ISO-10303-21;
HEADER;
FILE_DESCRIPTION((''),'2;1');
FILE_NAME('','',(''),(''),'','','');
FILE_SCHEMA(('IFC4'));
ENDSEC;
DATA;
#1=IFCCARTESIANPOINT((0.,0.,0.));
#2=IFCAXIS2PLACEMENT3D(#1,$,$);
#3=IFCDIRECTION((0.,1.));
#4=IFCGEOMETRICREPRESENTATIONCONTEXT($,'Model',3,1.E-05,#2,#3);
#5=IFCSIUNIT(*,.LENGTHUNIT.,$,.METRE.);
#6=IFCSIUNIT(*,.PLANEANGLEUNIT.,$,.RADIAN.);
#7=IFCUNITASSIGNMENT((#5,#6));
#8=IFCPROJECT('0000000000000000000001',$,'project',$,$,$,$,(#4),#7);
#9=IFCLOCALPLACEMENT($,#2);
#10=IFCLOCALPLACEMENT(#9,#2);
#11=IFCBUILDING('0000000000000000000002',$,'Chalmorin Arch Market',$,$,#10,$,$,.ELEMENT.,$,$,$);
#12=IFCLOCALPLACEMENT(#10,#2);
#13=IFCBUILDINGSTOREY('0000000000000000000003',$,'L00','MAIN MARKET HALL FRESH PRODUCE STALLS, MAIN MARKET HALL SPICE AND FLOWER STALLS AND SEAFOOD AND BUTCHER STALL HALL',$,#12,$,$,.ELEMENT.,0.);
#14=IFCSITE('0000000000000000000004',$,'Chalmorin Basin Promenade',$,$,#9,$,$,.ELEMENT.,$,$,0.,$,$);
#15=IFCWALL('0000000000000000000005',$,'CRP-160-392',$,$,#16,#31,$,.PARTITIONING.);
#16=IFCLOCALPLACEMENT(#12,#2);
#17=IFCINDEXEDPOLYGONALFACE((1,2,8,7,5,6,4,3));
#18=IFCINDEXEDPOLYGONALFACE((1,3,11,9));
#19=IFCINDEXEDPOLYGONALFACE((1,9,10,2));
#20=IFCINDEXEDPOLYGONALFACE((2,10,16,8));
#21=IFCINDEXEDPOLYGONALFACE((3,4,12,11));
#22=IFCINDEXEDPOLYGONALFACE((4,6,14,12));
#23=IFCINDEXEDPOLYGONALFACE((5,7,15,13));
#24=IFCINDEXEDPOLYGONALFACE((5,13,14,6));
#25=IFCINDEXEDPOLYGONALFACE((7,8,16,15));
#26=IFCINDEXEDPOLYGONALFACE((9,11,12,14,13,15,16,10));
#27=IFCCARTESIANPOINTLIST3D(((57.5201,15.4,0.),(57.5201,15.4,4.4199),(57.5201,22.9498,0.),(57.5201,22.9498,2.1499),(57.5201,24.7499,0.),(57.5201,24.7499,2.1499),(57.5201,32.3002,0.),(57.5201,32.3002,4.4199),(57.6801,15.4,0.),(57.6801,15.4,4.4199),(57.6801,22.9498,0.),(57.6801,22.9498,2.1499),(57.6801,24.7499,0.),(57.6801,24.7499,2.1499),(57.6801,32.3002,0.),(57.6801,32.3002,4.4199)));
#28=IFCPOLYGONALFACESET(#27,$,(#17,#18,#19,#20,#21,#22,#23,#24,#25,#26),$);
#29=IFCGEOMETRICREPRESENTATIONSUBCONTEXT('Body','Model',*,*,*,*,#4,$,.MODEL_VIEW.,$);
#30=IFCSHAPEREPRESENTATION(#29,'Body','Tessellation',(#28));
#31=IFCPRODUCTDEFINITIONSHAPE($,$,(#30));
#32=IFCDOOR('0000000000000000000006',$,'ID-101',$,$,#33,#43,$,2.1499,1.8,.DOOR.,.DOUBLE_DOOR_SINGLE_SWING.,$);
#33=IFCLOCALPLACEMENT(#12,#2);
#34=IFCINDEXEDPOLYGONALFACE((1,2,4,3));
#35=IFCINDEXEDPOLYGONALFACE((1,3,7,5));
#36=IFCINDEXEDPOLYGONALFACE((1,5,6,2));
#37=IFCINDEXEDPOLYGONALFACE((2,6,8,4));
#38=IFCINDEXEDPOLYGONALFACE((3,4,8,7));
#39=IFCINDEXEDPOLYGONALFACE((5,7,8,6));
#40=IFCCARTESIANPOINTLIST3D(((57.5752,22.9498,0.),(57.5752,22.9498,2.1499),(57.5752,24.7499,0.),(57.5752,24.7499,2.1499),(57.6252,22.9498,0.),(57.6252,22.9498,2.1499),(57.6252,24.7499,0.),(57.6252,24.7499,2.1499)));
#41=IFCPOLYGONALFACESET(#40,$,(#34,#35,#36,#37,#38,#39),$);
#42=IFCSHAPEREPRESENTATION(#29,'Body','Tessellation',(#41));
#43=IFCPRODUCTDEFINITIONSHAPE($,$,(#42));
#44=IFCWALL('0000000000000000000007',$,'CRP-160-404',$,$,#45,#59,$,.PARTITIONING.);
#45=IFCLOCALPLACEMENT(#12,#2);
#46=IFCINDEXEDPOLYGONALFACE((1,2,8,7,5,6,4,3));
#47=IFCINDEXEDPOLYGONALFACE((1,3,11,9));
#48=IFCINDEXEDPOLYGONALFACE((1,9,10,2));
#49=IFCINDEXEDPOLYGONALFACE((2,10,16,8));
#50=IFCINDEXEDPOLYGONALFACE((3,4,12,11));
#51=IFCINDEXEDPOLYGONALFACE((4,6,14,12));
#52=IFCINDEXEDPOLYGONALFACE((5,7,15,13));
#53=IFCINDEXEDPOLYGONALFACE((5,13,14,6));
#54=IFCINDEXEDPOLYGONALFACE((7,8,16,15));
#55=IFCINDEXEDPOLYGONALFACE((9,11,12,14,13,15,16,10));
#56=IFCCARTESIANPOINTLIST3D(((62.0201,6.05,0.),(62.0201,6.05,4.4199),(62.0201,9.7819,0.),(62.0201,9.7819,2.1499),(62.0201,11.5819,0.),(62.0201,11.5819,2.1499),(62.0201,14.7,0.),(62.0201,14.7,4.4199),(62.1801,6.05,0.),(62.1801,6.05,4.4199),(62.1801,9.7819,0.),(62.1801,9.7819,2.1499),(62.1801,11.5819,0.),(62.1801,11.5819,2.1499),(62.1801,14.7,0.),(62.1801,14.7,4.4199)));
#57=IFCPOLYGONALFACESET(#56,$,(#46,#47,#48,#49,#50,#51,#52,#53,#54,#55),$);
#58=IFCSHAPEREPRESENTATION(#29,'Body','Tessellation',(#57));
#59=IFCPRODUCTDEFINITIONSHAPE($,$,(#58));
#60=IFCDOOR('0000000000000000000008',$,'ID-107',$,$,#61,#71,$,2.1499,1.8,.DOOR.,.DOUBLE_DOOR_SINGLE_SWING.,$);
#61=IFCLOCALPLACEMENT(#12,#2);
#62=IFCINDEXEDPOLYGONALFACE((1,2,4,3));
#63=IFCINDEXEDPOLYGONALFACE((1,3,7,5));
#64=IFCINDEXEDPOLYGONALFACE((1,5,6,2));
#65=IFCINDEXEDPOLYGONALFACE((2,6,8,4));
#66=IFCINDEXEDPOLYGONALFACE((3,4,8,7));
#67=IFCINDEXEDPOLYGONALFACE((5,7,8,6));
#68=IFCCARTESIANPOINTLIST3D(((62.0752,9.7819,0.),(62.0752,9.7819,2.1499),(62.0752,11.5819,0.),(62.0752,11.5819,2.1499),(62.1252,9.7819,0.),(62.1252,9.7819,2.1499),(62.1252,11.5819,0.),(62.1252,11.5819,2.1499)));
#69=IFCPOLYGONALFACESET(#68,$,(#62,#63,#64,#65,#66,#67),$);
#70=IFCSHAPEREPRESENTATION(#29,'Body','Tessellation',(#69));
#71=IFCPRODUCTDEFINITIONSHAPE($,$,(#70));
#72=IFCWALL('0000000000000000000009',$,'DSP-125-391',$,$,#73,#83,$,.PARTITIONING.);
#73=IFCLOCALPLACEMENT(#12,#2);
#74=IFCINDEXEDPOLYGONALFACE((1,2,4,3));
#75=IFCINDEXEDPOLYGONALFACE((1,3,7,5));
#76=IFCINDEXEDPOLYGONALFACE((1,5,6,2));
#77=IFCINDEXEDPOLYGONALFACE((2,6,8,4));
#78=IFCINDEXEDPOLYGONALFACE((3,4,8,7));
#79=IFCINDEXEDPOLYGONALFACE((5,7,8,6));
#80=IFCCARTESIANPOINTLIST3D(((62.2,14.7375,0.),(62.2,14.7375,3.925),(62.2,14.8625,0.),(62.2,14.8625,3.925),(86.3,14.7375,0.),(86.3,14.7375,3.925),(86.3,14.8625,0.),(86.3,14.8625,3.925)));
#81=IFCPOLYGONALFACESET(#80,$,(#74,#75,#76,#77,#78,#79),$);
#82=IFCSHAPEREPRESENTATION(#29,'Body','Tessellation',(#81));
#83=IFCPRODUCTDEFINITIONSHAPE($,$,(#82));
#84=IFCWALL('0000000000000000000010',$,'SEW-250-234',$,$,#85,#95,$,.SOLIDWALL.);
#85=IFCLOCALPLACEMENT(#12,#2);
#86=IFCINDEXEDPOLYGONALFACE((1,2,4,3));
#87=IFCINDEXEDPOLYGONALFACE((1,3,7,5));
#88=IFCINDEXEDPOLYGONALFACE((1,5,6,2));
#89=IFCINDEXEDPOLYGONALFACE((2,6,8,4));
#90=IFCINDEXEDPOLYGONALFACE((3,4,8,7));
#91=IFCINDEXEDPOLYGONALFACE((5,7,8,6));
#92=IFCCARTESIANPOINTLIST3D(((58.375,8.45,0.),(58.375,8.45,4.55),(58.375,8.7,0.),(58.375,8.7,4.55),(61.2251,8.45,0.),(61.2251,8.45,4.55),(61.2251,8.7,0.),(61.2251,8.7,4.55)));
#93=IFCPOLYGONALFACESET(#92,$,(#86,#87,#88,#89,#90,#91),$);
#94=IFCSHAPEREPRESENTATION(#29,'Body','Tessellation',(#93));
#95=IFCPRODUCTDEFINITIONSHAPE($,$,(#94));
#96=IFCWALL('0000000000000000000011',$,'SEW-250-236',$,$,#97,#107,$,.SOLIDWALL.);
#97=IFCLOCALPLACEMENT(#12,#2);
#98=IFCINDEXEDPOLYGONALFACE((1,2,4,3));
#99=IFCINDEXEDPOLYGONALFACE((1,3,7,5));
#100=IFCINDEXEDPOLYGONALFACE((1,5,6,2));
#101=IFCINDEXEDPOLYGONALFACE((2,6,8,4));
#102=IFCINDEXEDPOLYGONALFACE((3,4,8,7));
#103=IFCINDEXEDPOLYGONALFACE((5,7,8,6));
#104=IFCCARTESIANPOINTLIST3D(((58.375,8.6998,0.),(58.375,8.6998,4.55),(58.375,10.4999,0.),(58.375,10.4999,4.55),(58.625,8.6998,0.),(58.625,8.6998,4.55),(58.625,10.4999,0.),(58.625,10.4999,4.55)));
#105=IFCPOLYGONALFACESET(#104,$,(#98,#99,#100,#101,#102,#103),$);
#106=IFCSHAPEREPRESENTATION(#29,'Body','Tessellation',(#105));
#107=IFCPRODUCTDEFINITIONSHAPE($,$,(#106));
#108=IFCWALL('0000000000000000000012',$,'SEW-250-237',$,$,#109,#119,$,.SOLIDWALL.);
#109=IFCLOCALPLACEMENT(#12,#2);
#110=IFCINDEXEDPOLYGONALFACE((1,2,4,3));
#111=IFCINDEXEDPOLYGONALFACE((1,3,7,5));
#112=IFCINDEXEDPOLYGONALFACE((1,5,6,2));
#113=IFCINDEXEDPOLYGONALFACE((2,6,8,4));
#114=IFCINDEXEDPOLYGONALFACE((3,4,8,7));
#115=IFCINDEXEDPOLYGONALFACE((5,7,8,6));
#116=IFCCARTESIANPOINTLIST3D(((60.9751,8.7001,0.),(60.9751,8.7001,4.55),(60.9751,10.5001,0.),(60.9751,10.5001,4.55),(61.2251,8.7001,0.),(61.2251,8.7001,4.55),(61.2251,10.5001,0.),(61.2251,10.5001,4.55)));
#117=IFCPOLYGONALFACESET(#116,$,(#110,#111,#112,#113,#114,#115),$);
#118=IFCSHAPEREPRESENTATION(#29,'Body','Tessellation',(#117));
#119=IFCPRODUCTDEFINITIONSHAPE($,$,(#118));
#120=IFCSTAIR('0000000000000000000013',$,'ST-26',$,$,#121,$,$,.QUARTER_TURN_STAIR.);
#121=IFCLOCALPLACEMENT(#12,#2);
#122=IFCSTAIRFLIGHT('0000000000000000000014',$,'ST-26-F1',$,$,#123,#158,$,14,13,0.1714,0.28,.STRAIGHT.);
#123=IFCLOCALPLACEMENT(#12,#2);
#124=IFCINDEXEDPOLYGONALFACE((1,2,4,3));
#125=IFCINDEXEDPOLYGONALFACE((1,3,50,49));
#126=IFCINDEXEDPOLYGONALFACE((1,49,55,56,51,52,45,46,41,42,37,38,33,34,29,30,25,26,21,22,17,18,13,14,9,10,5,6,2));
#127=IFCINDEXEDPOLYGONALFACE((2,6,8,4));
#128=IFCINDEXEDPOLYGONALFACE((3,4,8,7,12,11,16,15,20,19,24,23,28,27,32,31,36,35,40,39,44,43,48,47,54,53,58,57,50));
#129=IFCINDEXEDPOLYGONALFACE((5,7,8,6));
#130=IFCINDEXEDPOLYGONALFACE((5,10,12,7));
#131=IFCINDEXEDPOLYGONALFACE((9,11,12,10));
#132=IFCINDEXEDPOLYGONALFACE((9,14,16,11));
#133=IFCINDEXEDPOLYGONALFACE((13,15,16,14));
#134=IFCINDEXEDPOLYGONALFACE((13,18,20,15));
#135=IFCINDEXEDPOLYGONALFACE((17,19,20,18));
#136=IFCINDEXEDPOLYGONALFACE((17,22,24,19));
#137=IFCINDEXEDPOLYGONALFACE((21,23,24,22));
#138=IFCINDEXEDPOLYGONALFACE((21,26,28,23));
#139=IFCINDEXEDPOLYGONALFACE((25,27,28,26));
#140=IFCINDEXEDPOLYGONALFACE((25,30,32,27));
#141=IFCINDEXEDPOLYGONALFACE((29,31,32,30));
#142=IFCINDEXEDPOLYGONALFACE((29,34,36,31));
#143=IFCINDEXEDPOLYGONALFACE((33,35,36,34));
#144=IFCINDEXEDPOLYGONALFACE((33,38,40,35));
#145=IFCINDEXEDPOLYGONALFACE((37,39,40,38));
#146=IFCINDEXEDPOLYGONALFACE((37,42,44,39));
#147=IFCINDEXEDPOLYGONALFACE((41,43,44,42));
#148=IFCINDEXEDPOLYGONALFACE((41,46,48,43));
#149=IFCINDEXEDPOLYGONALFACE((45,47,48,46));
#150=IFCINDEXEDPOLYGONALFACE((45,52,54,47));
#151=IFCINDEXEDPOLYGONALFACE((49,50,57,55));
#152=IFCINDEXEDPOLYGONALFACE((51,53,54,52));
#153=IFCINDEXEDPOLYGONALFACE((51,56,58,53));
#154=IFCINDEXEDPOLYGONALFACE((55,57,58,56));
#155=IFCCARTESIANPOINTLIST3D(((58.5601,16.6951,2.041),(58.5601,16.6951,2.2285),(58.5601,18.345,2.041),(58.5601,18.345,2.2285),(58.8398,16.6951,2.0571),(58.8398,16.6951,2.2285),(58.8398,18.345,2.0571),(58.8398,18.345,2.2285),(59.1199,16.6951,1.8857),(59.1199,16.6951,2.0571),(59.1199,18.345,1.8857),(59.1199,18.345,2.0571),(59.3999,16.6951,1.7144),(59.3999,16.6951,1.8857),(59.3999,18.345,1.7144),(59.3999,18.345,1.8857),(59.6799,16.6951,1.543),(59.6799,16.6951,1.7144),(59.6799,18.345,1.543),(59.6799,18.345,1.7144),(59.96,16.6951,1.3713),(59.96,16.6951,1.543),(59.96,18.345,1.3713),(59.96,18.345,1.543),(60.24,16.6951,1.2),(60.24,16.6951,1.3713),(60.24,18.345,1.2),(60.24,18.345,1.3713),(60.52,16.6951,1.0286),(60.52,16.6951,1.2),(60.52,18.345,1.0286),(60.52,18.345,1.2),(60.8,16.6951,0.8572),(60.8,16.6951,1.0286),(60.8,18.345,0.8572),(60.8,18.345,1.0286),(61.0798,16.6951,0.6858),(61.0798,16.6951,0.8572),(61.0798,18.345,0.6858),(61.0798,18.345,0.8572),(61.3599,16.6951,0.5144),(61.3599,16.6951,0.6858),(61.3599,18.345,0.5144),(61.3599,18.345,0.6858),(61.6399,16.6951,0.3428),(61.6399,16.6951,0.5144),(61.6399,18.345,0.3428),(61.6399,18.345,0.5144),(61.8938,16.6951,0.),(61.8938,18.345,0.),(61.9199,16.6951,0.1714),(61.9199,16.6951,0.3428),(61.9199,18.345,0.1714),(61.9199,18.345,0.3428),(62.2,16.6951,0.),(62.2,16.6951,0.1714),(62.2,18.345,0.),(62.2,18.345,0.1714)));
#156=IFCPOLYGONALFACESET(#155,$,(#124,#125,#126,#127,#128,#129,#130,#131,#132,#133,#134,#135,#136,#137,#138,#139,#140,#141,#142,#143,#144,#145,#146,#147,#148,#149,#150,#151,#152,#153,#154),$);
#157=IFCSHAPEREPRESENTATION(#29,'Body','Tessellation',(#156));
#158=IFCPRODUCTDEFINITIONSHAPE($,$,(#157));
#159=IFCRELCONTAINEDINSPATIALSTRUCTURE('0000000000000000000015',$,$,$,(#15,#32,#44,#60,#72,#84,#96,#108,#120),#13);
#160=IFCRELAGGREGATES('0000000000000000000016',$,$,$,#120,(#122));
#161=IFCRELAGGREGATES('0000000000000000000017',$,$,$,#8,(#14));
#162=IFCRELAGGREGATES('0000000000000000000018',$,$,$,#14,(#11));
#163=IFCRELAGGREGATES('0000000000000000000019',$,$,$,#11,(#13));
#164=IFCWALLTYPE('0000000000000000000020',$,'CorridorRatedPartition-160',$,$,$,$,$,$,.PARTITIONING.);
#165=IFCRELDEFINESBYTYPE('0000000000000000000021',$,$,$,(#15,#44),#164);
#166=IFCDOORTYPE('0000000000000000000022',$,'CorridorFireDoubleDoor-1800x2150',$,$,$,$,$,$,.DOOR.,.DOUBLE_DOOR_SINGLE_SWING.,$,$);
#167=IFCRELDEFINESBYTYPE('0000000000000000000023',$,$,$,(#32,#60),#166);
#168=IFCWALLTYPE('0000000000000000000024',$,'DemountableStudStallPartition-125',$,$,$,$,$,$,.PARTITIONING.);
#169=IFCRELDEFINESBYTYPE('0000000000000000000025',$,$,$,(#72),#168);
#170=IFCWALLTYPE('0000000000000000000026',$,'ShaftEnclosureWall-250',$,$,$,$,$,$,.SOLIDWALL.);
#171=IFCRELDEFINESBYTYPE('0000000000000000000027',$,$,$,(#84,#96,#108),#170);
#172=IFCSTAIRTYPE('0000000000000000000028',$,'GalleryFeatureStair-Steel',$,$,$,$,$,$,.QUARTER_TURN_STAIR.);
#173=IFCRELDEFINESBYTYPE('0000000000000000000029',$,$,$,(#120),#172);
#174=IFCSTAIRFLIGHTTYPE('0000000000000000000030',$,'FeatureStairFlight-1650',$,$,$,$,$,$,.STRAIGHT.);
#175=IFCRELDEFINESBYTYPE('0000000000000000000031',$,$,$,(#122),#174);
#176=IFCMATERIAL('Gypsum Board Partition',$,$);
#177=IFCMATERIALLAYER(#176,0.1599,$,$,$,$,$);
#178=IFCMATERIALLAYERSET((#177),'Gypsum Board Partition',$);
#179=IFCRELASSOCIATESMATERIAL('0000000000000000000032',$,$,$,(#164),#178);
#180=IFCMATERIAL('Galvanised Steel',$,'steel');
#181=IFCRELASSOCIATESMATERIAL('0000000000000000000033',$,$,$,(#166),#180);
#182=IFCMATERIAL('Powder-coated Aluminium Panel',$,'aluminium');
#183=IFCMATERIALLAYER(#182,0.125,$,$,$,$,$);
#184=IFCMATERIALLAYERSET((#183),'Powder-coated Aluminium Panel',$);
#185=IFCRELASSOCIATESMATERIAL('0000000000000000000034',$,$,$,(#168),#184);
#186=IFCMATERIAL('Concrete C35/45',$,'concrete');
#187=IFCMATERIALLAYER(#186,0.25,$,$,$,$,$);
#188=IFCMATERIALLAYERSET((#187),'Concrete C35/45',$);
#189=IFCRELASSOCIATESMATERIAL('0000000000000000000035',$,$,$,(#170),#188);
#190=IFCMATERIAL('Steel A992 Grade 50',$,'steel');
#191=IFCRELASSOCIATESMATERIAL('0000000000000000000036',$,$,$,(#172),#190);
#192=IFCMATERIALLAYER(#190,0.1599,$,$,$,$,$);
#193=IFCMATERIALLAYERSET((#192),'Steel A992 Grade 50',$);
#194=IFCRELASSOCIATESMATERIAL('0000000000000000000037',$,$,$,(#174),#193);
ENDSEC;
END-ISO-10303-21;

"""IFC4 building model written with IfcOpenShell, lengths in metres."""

from ifc_helpers import new_model, si_unit, direction, frame, frame_2d, origin, place, context, subcontext, project, spatial, polyline, rectangle, outline, extrude, material, layer, layer_set, type_object, element, fill, aggregate, save


model = new_model("IFC4")

# Units and contexts
model_context = context("Model", 3, precision=1e-05, world=origin(), true_north=direction((0.0, 1.0)))
body_context = subcontext(model_context, "Body", "Model", "MODEL_VIEW")
ifc_project = project(units=[si_unit("LENGTHUNIT", "METRE"), si_unit("PLANEANGLEUNIT", "RADIAN")], contexts=[model_context])

# Site, building, storey
site_placement = place(None, origin())
site = spatial("IfcSite", under=ifc_project, at=site_placement, Name="Chalmorin Basin Promenade", CompositionType="ELEMENT", RefElevation=0.0)
building_placement = place(site_placement, origin())
building = spatial("IfcBuilding", under=site, at=building_placement, Name="Chalmorin Arch Market", CompositionType="ELEMENT")
storey_placement = place(building_placement, origin())
storey = spatial("IfcBuildingStorey", under=building, at=storey_placement, Name="L00", Description="MAIN MARKET HALL FRESH PRODUCE STALLS, MAIN MARKET HALL SPICE AND FLOWER STALLS AND SEAFOOD AND BUTCHER STALL HALL", CompositionType="ELEMENT", Elevation=0.0)

# Shared definitions
ifc_material_1 = material(Name="Steel A992 Grade 50", Category="steel")

# Walls, openings, doors
ifc_material_2 = material(Name="Gypsum Board Partition")
ifc_layer_1 = layer(ifc_material_2, 0.1599)
ifc_layer_set_1 = layer_set([ifc_layer_1], Name="Gypsum Board Partition")
wall_type_1 = type_object("IfcWallType", Name="CorridorRatedPartition-160", PredefinedType="PARTITIONING", material=ifc_layer_set_1)
wall_1_placement = place(storey_placement, frame((57.6001, 15.3999, 0.0), z_axis=(0.0, 0.0, 1.0), x_axis=(0.0, 1.0, 0.0)))
wall_1 = element("IfcWall", 1, at=wall_1_placement, inside=storey, type_object=wall_type_1, Name="CRP-160-392", PredefinedType="PARTITIONING", context=body_context, shape_type="SweptSolid", body=[
    extrude(rectangle(XDim=16.9001, YDim=0.1599, at=frame_2d((8.4502, 0.0))), origin(), (0.0, 0.0, 1.0), 4.4199),
])
opening_1_placement = place(wall_1_placement, frame((7.55, 0.0, 0.0)))
opening_1 = element("IfcOpeningElement", 2, at=opening_1_placement, cuts=wall_1, PredefinedType="OPENING", context=body_context, shape_type="SweptSolid", body=[
    extrude(rectangle(XDim=1.8, YDim=2.1499, at=frame_2d((0.8999, 1.075))), frame((0.0, 0.0898, 0.0), z_axis=(0.0, -1.0, 0.0), x_axis=(1.0, 0.0, 0.0)), (0.0, 0.0, 1.0), 0.1799),
])
ifc_material_3 = material(Name="Galvanised Steel", Category="steel")
door_type_1 = type_object("IfcDoorType", Name="CorridorFireDoubleDoor-1800x2150", OperationType="DOUBLE_DOOR_SINGLE_SWING", PredefinedType="DOOR", material=ifc_material_3)
door_1_placement = place(opening_1_placement, origin())
door_1 = element("IfcDoor", 3, at=door_1_placement, inside=storey, type_object=door_type_1, Name="ID-101", OperationType="DOUBLE_DOOR_SINGLE_SWING", OverallHeight=2.1499, OverallWidth=1.8, PredefinedType="DOOR", context=body_context, shape_type="SweptSolid", body=[
    extrude(rectangle(XDim=1.8, YDim=2.1499, at=frame_2d((0.8999, 1.075))), frame((0.0, 0.0249, 0.0), z_axis=(0.0, -1.0, 0.0), x_axis=(1.0, 0.0, 0.0)), (0.0, 0.0, 1.0), 0.05),
])
fill(opening_1, door_1)
wall_2_placement = place(storey_placement, frame((62.1001, 6.05, 0.0), z_axis=(0.0, 0.0, 1.0), x_axis=(0.0, 1.0, 0.0)))
wall_2 = element("IfcWall", 4, at=wall_2_placement, inside=storey, type_object=wall_type_1, Name="CRP-160-404", PredefinedType="PARTITIONING", context=body_context, shape_type="SweptSolid", body=[
    extrude(rectangle(XDim=8.6499, YDim=0.1599, at=frame_2d((4.325, 0.0))), origin(), (0.0, 0.0, 1.0), 4.4199),
])
opening_2_placement = place(wall_2_placement, frame((3.7319, 0.0, 0.0)))
opening_2 = element("IfcOpeningElement", 5, at=opening_2_placement, cuts=wall_2, PredefinedType="OPENING", context=body_context, shape_type="SweptSolid", body=[
    extrude(rectangle(XDim=1.8, YDim=2.1499, at=frame_2d((0.8999, 1.075))), frame((0.0, 0.0898, 0.0), z_axis=(0.0, -1.0, 0.0), x_axis=(1.0, 0.0, 0.0)), (0.0, 0.0, 1.0), 0.1799),
])
door_2_placement = place(opening_2_placement, origin())
door_2 = element("IfcDoor", 6, at=door_2_placement, inside=storey, type_object=door_type_1, Name="ID-107", OperationType="DOUBLE_DOOR_SINGLE_SWING", OverallHeight=2.1499, OverallWidth=1.8, PredefinedType="DOOR", context=body_context, shape_type="SweptSolid", body=[
    extrude(rectangle(XDim=1.8, YDim=2.1499, at=frame_2d((0.8999, 1.075))), frame((0.0, 0.0249, 0.0), z_axis=(0.0, -1.0, 0.0), x_axis=(1.0, 0.0, 0.0)), (0.0, 0.0, 1.0), 0.05),
])
fill(opening_2, door_2)

# Walls
ifc_material_4 = material(Name="Powder-coated Aluminium Panel", Category="aluminium")
ifc_layer_2 = layer(ifc_material_4, 0.125)
ifc_layer_set_2 = layer_set([ifc_layer_2], Name="Powder-coated Aluminium Panel")
wall_type_2 = type_object("IfcWallType", Name="DemountableStudStallPartition-125", PredefinedType="PARTITIONING", material=ifc_layer_set_2)
wall_3_placement = place(storey_placement, frame((62.2, 14.8, 0.0), z_axis=(0.0, 0.0, 1.0), x_axis=(1.0, 0.0, 0.0)))
element("IfcWall", 7, at=wall_3_placement, inside=storey, type_object=wall_type_2, Name="DSP-125-391", PredefinedType="PARTITIONING", context=body_context, shape_type="SweptSolid", body=[
    extrude(rectangle(XDim=24.1001, YDim=0.125, at=frame_2d((12.05, 0.0))), origin(), (0.0, 0.0, 1.0), 3.925),
])
ifc_material_5 = material(Name="Concrete C35/45", Category="concrete")
ifc_layer_3 = layer(ifc_material_5, 0.25)
ifc_layer_set_3 = layer_set([ifc_layer_3], Name="Concrete C35/45")
wall_type_3 = type_object("IfcWallType", Name="ShaftEnclosureWall-250", PredefinedType="SOLIDWALL", material=ifc_layer_set_3)
wall_4_placement = place(storey_placement, frame((61.2251, 8.575, 0.0), z_axis=(0.0, 0.0, 1.0), x_axis=(-1.0, 0.0, 0.0)))
element("IfcWall", 8, at=wall_4_placement, inside=storey, type_object=wall_type_3, Name="SEW-250-234", PredefinedType="SOLIDWALL", context=body_context, shape_type="SweptSolid", body=[
    extrude(rectangle(XDim=2.8501, YDim=0.25, at=frame_2d((1.425, 0.0))), origin(), (0.0, 0.0, 1.0), 4.55),
])

# Walls
for number, where, z_axis, x_axis, name in (
    (9, (58.5, 8.7, 0.0), (0.0, 0.0, 1.0), (0.0, 1.0, 0.0), "SEW-250-236"),
    (10, (61.1001, 10.5, 0.0), (0.0, 0.0, 1.0), (0.0, -1.0, 0.0), "SEW-250-237"),
):
    element("IfcWall", number, at=place(storey_placement, frame(where, z_axis=z_axis, x_axis=x_axis)), inside=storey, type_object=wall_type_3, Name=name, PredefinedType="SOLIDWALL", context=body_context, shape_type="SweptSolid", body=[
        extrude(rectangle(XDim=1.8, YDim=0.25, at=frame_2d((0.8999, 0.0))), origin(), (0.0, 0.0, 1.0), 4.55),
    ])

# Stair, stair flight
stair_type = type_object("IfcStairType", Name="GalleryFeatureStair-Steel", PredefinedType="QUARTER_TURN_STAIR", material=ifc_material_1)
stair_placement = place(storey_placement, origin())
stair = element("IfcStair", 11, at=stair_placement, inside=storey, type_object=stair_type, Name="ST-26", PredefinedType="QUARTER_TURN_STAIR")
ifc_layer_4 = layer(ifc_material_1, 0.1599)
ifc_layer_set_4 = layer_set([ifc_layer_4], Name="Steel A992 Grade 50")
stair_flight_type = type_object("IfcStairFlightType", Name="FeatureStairFlight-1650", PredefinedType="STRAIGHT", material=ifc_layer_set_4)
stair_flight_placement = place(storey_placement, frame((62.2, 17.52, 0.0), z_axis=(0.0, 0.0, 1.0), x_axis=(-1.0, 0.0, 0.0)))
stair_flight = element("IfcStairFlight", 12, at=stair_flight_placement, type_object=stair_flight_type, Name="ST-26-F1", NumberOfRisers=14, NumberOfTreads=13, PredefinedType="STRAIGHT", RiserHeight=0.1714, TreadLength=0.28, context=body_context, shape_type="SweptSolid", body=[
    extrude(outline(polyline([(0.0, 0.0), (0.0, 0.1714), (0.28, 0.1714), (0.28, 0.3428), (0.5601, 0.3428), (0.5601, 0.5144), (0.8401, 0.5144), (0.8401, 0.6858), (1.1201, 0.6858), (1.1201, 0.8572), (1.3999, 0.8572), (1.3999, 1.0286), (1.6799, 1.0286), (1.6799, 1.2), (1.96, 1.2), (1.96, 1.3713), (2.24, 1.3713), (2.24, 1.543), (2.52, 1.543), (2.52, 1.7144), (2.8, 1.7144), (2.8, 1.8857), (3.0801, 1.8857), (3.0801, 2.0571), (3.3601, 2.0571), (3.3601, 2.2285), (3.6399, 2.2285), (3.6399, 2.3999), (3.6399, 2.041), (0.3062, 0.0), (0.0, 0.0)])), frame((0.0, 0.825, 0.0), z_axis=(0.0, -1.0, 0.0), x_axis=(1.0, 0.0, 0.0)), (0.0, 0.0, 1.0), 1.6499),
])
aggregate(stair, [stair_flight])

save(model, "model.ifc")
